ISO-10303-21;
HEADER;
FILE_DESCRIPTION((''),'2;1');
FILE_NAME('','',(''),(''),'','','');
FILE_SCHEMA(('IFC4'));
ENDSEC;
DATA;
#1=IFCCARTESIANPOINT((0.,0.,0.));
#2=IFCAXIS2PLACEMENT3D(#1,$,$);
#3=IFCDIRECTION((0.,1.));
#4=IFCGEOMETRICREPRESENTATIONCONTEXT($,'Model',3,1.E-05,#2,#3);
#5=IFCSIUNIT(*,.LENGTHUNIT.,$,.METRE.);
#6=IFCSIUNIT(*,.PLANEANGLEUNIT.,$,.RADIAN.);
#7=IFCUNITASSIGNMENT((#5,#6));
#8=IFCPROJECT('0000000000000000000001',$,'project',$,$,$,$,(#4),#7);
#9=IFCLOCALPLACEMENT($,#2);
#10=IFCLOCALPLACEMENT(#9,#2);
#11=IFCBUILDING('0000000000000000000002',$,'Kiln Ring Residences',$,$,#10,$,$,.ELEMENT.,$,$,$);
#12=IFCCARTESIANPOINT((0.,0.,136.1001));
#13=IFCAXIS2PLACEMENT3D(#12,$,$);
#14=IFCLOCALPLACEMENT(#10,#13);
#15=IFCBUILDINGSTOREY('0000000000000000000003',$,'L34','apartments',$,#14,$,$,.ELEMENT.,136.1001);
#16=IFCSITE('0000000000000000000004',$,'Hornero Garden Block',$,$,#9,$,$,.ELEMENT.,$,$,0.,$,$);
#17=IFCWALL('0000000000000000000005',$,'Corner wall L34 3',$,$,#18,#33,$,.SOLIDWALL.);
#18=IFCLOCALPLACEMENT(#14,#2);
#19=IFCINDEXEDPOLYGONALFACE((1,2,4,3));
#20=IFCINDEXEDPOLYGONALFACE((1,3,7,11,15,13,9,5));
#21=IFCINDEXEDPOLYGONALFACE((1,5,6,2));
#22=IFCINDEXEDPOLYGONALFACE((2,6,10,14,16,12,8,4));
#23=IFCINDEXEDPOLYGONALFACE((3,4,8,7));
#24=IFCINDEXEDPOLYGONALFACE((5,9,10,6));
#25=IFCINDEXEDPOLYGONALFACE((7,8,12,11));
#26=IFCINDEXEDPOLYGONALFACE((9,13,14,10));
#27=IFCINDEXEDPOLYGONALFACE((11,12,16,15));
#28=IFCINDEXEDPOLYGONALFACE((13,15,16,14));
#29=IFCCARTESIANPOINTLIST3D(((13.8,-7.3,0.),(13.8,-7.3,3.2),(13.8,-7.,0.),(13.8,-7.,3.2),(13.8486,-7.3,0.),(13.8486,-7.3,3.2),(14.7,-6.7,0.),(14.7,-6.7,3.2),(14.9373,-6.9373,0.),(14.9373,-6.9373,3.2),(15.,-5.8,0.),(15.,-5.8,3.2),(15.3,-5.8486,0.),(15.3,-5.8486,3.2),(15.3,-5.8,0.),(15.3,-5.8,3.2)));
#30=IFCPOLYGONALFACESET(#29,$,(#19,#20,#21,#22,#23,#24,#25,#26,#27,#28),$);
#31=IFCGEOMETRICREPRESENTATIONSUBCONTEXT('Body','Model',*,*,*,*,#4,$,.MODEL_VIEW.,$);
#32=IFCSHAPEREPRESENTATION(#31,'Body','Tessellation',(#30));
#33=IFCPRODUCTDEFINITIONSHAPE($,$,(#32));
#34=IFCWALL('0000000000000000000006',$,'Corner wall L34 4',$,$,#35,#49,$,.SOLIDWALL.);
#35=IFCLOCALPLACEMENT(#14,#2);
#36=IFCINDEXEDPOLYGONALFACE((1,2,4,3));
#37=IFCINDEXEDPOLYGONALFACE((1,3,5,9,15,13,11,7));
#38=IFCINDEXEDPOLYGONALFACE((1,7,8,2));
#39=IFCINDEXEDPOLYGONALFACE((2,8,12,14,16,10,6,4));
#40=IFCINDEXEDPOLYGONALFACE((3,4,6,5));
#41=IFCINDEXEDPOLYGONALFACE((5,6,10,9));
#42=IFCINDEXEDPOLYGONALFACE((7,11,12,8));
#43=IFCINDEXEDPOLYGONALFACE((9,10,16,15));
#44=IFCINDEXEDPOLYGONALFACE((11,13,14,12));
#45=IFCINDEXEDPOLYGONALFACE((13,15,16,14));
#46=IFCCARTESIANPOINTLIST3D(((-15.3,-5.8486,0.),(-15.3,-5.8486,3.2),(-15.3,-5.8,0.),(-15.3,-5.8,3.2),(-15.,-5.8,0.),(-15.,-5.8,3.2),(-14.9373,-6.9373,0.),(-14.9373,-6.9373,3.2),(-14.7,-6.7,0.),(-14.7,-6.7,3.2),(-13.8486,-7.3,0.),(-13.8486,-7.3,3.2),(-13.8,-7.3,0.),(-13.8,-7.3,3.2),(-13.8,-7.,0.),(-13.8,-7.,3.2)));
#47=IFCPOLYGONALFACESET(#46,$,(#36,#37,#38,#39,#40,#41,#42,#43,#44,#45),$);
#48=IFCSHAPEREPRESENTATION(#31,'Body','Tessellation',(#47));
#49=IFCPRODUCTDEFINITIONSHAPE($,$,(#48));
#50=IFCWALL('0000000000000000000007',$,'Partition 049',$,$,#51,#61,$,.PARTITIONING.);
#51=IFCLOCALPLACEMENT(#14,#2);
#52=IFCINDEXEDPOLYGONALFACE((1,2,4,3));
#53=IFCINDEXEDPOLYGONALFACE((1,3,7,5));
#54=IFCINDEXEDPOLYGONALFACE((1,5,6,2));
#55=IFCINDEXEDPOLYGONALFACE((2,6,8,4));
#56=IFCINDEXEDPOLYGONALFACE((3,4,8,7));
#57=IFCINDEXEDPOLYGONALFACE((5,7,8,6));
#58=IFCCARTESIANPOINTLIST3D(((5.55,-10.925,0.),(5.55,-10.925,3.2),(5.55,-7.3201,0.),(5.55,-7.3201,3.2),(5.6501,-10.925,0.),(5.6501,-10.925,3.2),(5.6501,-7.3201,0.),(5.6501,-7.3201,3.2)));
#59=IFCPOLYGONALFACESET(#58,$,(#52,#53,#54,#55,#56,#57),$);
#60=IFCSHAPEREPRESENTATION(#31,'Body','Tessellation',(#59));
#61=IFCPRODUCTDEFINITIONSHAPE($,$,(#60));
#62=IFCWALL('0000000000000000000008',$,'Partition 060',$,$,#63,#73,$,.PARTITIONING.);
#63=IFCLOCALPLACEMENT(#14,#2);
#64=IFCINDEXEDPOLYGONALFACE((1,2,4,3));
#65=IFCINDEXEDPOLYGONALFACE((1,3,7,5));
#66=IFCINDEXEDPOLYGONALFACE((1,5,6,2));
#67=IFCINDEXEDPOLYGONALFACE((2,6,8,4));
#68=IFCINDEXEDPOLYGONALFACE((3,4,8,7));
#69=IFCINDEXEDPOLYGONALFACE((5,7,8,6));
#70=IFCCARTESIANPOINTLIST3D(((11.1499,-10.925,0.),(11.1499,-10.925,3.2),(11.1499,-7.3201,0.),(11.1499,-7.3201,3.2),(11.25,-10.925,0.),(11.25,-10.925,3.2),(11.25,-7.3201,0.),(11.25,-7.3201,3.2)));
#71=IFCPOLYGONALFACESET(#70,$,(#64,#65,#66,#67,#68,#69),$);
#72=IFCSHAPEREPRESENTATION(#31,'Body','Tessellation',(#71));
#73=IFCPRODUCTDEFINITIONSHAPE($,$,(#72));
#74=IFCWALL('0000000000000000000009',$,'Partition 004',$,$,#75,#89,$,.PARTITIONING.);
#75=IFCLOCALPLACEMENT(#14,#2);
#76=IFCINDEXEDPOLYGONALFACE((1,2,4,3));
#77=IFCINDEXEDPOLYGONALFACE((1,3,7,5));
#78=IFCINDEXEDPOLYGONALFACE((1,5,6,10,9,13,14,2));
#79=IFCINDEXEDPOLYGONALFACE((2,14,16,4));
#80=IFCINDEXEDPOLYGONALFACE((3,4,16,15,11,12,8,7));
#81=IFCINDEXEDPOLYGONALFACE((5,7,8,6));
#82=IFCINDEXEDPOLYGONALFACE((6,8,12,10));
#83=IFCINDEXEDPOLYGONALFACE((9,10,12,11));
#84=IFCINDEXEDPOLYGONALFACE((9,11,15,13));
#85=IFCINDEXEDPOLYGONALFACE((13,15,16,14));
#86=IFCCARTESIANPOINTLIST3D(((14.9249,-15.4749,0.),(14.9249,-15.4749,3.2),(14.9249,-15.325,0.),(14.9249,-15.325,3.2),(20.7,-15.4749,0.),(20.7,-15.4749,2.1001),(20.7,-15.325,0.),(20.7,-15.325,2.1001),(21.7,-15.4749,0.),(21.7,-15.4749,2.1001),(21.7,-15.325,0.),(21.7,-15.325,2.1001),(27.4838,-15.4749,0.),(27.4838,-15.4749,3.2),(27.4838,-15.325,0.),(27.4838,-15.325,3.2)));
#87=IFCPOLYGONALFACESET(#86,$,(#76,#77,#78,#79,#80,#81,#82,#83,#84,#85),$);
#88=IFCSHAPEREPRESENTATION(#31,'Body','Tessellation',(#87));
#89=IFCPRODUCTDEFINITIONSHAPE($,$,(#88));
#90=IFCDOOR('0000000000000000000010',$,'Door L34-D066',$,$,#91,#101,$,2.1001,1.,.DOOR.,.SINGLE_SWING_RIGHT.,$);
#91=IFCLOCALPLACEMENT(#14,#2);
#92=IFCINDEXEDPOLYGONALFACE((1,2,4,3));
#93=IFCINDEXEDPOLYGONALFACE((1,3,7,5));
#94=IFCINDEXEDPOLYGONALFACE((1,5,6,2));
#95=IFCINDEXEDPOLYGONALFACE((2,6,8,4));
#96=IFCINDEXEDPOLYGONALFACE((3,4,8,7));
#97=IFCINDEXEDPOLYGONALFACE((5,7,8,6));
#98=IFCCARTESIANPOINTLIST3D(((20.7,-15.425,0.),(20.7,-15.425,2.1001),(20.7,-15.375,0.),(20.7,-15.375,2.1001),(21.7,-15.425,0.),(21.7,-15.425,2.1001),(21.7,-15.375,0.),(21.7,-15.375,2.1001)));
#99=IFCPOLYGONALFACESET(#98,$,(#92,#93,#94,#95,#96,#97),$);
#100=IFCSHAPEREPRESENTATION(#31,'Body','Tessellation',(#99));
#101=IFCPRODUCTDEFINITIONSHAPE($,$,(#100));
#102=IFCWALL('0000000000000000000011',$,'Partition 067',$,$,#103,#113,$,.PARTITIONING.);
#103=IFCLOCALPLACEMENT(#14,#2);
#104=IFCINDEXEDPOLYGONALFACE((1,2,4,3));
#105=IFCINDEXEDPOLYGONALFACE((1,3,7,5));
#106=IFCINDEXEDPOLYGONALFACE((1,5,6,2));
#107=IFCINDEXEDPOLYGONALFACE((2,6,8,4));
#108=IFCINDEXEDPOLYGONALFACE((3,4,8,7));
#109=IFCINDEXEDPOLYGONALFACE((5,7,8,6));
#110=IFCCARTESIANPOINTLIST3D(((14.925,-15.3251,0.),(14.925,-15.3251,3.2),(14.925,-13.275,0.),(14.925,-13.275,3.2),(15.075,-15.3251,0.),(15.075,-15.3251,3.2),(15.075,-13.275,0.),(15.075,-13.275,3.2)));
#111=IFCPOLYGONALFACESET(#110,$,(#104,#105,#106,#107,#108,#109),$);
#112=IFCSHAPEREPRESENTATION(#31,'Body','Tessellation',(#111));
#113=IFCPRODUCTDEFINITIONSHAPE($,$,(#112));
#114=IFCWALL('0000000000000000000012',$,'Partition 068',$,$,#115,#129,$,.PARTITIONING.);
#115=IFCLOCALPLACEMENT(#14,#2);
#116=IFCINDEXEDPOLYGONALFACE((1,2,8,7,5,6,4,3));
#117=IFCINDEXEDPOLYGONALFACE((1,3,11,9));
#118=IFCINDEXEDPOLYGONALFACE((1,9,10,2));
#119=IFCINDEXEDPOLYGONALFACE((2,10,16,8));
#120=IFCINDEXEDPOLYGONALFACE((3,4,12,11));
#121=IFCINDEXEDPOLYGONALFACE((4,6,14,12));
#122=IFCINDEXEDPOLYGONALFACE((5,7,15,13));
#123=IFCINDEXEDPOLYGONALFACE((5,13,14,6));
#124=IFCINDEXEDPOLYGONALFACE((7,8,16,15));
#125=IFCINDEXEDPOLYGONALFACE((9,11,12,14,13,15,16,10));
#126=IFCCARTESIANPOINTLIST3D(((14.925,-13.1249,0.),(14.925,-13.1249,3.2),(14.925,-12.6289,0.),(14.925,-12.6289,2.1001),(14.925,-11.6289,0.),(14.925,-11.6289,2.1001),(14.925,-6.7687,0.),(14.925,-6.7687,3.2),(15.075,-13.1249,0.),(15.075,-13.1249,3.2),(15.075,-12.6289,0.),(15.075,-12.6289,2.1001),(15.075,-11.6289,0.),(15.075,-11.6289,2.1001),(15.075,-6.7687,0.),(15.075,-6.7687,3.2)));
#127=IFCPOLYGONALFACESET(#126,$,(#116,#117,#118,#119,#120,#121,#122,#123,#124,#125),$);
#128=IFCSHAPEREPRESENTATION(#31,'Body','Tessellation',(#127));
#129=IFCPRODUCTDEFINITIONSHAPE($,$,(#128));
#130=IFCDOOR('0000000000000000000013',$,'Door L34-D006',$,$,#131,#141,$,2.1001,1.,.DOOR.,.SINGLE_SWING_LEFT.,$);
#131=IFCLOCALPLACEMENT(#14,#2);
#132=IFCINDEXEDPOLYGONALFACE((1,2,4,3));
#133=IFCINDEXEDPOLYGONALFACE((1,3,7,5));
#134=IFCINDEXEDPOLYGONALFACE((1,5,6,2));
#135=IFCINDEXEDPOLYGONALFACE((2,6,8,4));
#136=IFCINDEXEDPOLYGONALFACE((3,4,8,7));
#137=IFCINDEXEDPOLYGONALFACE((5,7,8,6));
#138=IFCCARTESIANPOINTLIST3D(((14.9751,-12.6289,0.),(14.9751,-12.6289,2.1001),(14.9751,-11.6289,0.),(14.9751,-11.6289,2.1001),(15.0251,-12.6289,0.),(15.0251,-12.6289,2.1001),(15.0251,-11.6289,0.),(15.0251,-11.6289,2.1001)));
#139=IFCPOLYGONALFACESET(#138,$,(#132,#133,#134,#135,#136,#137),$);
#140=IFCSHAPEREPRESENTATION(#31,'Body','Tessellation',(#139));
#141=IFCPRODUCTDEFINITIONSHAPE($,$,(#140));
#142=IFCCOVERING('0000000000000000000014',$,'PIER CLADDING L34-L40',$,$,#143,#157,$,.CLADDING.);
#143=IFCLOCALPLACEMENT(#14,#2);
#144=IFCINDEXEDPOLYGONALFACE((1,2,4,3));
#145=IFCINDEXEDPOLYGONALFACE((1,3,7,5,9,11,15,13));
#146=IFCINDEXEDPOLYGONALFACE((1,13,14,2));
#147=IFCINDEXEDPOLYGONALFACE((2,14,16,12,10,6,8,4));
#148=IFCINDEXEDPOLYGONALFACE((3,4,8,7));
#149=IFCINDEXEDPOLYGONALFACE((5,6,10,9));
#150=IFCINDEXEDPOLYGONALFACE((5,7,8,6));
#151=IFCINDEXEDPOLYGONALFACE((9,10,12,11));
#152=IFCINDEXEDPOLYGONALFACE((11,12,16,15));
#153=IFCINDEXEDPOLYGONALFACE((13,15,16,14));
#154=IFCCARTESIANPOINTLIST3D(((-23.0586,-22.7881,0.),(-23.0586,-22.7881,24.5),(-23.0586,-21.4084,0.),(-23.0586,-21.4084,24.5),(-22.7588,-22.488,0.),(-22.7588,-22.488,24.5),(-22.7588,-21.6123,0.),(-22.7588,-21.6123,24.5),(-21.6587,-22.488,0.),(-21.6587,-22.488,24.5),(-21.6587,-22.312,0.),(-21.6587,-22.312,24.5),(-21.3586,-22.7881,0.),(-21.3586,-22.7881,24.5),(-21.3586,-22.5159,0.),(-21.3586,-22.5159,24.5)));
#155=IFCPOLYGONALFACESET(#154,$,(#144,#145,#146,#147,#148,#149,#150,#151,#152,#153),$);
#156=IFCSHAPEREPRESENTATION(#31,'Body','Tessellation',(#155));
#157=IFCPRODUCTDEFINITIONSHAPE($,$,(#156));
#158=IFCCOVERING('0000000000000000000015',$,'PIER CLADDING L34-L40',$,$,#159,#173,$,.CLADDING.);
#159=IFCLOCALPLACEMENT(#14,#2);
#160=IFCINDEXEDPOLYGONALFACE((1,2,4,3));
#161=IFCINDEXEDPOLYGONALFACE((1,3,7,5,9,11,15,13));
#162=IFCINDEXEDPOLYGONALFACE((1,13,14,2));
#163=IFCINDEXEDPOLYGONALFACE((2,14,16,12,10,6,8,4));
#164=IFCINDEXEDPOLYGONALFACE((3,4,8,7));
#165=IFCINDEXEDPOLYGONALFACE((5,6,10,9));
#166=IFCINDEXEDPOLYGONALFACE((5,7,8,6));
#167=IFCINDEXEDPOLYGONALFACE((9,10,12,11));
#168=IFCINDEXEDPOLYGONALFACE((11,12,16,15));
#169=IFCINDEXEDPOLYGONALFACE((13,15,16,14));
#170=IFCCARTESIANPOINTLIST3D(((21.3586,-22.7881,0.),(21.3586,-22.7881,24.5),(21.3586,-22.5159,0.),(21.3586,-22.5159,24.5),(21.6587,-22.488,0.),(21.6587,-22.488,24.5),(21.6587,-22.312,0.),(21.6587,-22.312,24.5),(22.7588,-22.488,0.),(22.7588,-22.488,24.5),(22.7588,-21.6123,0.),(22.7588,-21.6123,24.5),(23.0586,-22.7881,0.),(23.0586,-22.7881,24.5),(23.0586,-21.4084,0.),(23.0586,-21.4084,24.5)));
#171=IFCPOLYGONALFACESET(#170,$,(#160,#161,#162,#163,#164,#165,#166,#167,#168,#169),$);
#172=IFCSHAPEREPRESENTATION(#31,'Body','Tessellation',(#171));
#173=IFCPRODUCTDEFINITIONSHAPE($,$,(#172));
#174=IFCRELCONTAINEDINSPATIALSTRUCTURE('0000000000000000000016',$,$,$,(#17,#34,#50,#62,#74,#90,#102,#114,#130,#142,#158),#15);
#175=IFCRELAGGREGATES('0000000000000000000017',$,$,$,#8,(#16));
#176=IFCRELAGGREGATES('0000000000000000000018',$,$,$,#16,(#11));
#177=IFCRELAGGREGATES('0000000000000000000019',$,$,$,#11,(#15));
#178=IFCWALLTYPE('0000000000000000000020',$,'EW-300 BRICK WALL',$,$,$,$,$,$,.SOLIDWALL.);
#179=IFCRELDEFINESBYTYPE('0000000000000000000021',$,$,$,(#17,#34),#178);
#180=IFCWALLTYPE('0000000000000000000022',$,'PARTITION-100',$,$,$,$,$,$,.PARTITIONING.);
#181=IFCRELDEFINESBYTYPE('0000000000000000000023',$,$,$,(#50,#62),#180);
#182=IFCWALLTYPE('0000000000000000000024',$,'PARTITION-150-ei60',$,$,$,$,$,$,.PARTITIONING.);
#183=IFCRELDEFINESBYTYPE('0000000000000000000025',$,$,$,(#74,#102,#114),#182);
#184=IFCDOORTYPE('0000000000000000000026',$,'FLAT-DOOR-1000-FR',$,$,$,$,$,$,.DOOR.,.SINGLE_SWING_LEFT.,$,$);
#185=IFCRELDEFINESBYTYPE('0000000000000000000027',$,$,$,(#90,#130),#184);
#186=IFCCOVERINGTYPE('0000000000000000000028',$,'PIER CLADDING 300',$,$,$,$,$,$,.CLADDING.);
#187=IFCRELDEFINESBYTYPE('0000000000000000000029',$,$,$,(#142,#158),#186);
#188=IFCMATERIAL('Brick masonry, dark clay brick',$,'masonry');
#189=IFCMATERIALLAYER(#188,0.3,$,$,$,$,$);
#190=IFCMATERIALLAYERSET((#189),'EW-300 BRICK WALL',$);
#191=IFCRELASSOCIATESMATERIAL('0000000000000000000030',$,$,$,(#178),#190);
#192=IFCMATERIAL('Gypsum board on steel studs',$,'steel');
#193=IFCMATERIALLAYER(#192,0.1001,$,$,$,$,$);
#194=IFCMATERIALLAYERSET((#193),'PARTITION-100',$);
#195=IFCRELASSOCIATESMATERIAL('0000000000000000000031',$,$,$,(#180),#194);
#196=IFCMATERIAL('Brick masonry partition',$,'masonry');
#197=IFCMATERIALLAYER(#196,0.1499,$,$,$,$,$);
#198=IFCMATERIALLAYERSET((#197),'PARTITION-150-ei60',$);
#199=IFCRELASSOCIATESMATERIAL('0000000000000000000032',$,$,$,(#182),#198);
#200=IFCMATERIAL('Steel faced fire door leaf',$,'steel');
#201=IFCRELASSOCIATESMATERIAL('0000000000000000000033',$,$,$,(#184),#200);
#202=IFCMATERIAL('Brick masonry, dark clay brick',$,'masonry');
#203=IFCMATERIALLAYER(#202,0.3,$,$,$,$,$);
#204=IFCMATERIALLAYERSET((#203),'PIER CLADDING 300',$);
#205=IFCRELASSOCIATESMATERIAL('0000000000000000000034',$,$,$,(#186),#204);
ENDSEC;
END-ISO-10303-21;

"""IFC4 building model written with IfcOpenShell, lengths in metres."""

from ifc_helpers import new_model, si_unit, direction, frame, frame_2d, origin, place, context, subcontext, project, spatial, polyline, rectangle, outline, extrude, material, layer, layer_set, type_object, element, fill, save


model = new_model("IFC4")

# Units and contexts
model_context = context("Model", 3, precision=1e-05, world=origin(), true_north=direction((0.0, 1.0)))
body_context = subcontext(model_context, "Body", "Model", "MODEL_VIEW")
ifc_project = project(units=[si_unit("LENGTHUNIT", "METRE"), si_unit("PLANEANGLEUNIT", "RADIAN")], contexts=[model_context])

# Site, building, storey
site_placement = place(None, origin())
site = spatial("IfcSite", under=ifc_project, at=site_placement, Name="Hornero Garden Block", CompositionType="ELEMENT", RefElevation=0.0)
building_placement = place(site_placement, origin())
building = spatial("IfcBuilding", under=site, at=building_placement, Name="Kiln Ring Residences", CompositionType="ELEMENT")
storey_placement = place(building_placement, frame((0.0, 0.0, 136.1001)))
storey = spatial("IfcBuildingStorey", under=building, at=storey_placement, Name="L34", Description="apartments", CompositionType="ELEMENT", Elevation=136.1001)

# Shared definitions
ifc_material_1 = material(Name="Brick masonry, dark clay brick", Category="masonry")
ifc_layer_1 = layer(ifc_material_1, 0.3)
ifc_layer_set_1 = layer_set([ifc_layer_1], Name="EW-300 BRICK WALL")
wall_type_1 = type_object("IfcWallType", Name="EW-300 BRICK WALL", PredefinedType="SOLIDWALL", material=ifc_layer_set_1)

# Walls
placement = place(storey_placement, origin())
element("IfcWall", 1, at=placement, inside=storey, type_object=wall_type_1, Name="Corner wall L34 3", PredefinedType="SOLIDWALL", context=body_context, shape_type="SweptSolid", body=[
    extrude(outline(polyline([(14.9373, -6.9373), (15.3, -5.8486), (15.3, -5.8), (15.0, -5.8), (14.7, -6.7), (13.8, -7.0), (13.8, -7.3), (13.8486, -7.3), (14.9373, -6.9373)])), origin(), (0.0, 0.0, 1.0), 3.2),
])
element("IfcWall", 2, at=placement, inside=storey, type_object=wall_type_1, Name="Corner wall L34 4", PredefinedType="SOLIDWALL", context=body_context, shape_type="SweptSolid", body=[
    extrude(outline(polyline([(-14.9373, -6.9373), (-13.8486, -7.3), (-13.8, -7.3), (-13.8, -7.0), (-14.7, -6.7), (-15.0, -5.8), (-15.3, -5.8), (-15.3, -5.8486), (-14.9373, -6.9373)])), origin(), (0.0, 0.0, 1.0), 3.2),
])
ifc_material_2 = material(Name="Gypsum board on steel studs", Category="steel")
ifc_layer_2 = layer(ifc_material_2, 0.1001)
ifc_layer_set_2 = layer_set([ifc_layer_2], Name="PARTITION-100")
wall_type_2 = type_object("IfcWallType", Name="PARTITION-100", PredefinedType="PARTITIONING", material=ifc_layer_set_2)
for number, where, z_axis, x_axis, name in (
    (3, (5.6001, -10.925, 0.0), (0.0, 0.0, 1.0), (0.0, 1.0, 0.0), "Partition 049"),
    (4, (11.2, -10.925, 0.0), (0.0, 0.0, 1.0), (0.0, 1.0, 0.0), "Partition 060"),
):
    element("IfcWall", number, at=place(storey_placement, frame(where, z_axis=z_axis, x_axis=x_axis)), inside=storey, type_object=wall_type_2, Name=name, PredefinedType="PARTITIONING", context=body_context, shape_type="SweptSolid", body=[
        extrude(rectangle(XDim=3.605, YDim=0.1001, at=frame_2d((1.8025, 0.0))), origin(), (0.0, 0.0, 1.0), 3.2),
    ])

# Wall, opening, door
ifc_material_3 = material(Name="Brick masonry partition", Category="masonry")
ifc_layer_3 = layer(ifc_material_3, 0.1499)
ifc_layer_set_3 = layer_set([ifc_layer_3], Name="PARTITION-150-ei60")
wall_type_3 = type_object("IfcWallType", Name="PARTITION-150-ei60", PredefinedType="PARTITIONING", material=ifc_layer_set_3)
wall_1_placement = place(storey_placement, frame((14.925, -15.3999, 0.0), z_axis=(0.0, 0.0, 1.0), x_axis=(1.0, 0.0, 0.0)))
wall_1 = element("IfcWall", 5, at=wall_1_placement, inside=storey, type_object=wall_type_3, Name="Partition 004", PredefinedType="PARTITIONING", context=body_context, shape_type="SweptSolid", body=[
    extrude(rectangle(XDim=12.5588, YDim=0.1499, at=frame_2d((6.2793, 0.0))), origin(), (0.0, 0.0, 1.0), 3.2),
])
opening_1_placement = place(wall_1_placement, frame((5.7749, 0.0, 0.0)))
opening_1 = element("IfcOpeningElement", 6, at=opening_1_placement, cuts=wall_1, PredefinedType="OPENING", context=body_context, shape_type="SweptSolid", body=[
    extrude(rectangle(XDim=1.0, YDim=2.1001, at=frame_2d((0.5, 1.05))), frame((0.0, 0.085, 0.0), z_axis=(0.0, -1.0, 0.0), x_axis=(1.0, 0.0, 0.0)), (0.0, 0.0, 1.0), 0.1699),
])
ifc_material_4 = material(Name="Steel faced fire door leaf", Category="steel")
door_type = type_object("IfcDoorType", Name="FLAT-DOOR-1000-FR", OperationType="SINGLE_SWING_LEFT", PredefinedType="DOOR", material=ifc_material_4)
door_1_placement = place(opening_1_placement, origin())
door_1 = element("IfcDoor", 7, at=door_1_placement, inside=storey, type_object=door_type, Name="Door L34-D066", OperationType="SINGLE_SWING_RIGHT", OverallHeight=2.1001, OverallWidth=1.0, PredefinedType="DOOR", context=body_context, shape_type="SweptSolid", body=[
    extrude(rectangle(XDim=1.0, YDim=2.1001, at=frame_2d((0.5, 1.05))), frame((0.0, 0.0249, 0.0), z_axis=(0.0, -1.0, 0.0), x_axis=(1.0, 0.0, 0.0)), (0.0, 0.0, 1.0), 0.05),
])
fill(opening_1, door_1)

# Wall
wall_2_placement = place(storey_placement, frame((15.0, -15.325, 0.0), z_axis=(0.0, 0.0, 1.0), x_axis=(0.0, 1.0, 0.0)))
element("IfcWall", 8, at=wall_2_placement, inside=storey, type_object=wall_type_3, Name="Partition 067", PredefinedType="PARTITIONING", context=body_context, shape_type="SweptSolid", body=[
    extrude(rectangle(XDim=2.05, YDim=0.1499, at=frame_2d((1.0249, 0.0))), origin(), (0.0, 0.0, 1.0), 3.2),
])

# Wall, opening, door
wall_3_placement = place(storey_placement, frame((15.0, -13.125, 0.0), z_axis=(0.0, 0.0, 1.0), x_axis=(0.0, 1.0, 0.0)))
wall_3 = element("IfcWall", 9, at=wall_3_placement, inside=storey, type_object=wall_type_3, Name="Partition 068", PredefinedType="PARTITIONING", context=body_context, shape_type="SweptSolid", body=[
    extrude(rectangle(XDim=6.3562, YDim=0.1499, at=frame_2d((3.1782, 0.0))), origin(), (0.0, 0.0, 1.0), 3.2),
])
opening_2_placement = place(wall_3_placement, frame((0.4961, 0.0, 0.0)))
opening_2 = element("IfcOpeningElement", 10, at=opening_2_placement, cuts=wall_3, PredefinedType="OPENING", context=body_context, shape_type="SweptSolid", body=[
    extrude(rectangle(XDim=1.0, YDim=2.1001, at=frame_2d((0.5, 1.05))), frame((0.0, 0.085, 0.0), z_axis=(0.0, -1.0, 0.0), x_axis=(1.0, 0.0, 0.0)), (0.0, 0.0, 1.0), 0.1699),
])
door_2_placement = place(opening_2_placement, origin())
door_2 = element("IfcDoor", 11, at=door_2_placement, inside=storey, type_object=door_type, Name="Door L34-D006", OperationType="SINGLE_SWING_LEFT", OverallHeight=2.1001, OverallWidth=1.0, PredefinedType="DOOR", context=body_context, shape_type="SweptSolid", body=[
    extrude(rectangle(XDim=1.0, YDim=2.1001, at=frame_2d((0.5, 1.05))), frame((0.0, 0.0249, 0.0), z_axis=(0.0, -1.0, 0.0), x_axis=(1.0, 0.0, 0.0)), (0.0, 0.0, 1.0), 0.05),
])
fill(opening_2, door_2)

# Coverings
ifc_material_5 = material(Name="Brick masonry, dark clay brick", Category="masonry")
ifc_layer_4 = layer(ifc_material_5, 0.3)
ifc_layer_set_4 = layer_set([ifc_layer_4], Name="PIER CLADDING 300")
covering_type_1 = type_object("IfcCoveringType", Name="PIER CLADDING 300", PredefinedType="CLADDING", material=ifc_layer_set_4)
element("IfcCovering", 12, at=placement, inside=storey, type_object=covering_type_1, Name="PIER CLADDING L34-L40", PredefinedType="CLADDING", context=body_context, shape_type="SweptSolid", body=[
    extrude(outline(polyline([(-22.7588, -22.488), (-22.7588, -21.6123), (-23.0586, -21.4084), (-23.0586, -22.7881), (-21.3586, -22.7881), (-21.3586, -22.5159), (-21.6587, -22.312), (-21.6587, -22.488), (-22.7588, -22.488)])), origin(), (0.0, 0.0, 1.0), 24.5),
])
element("IfcCovering", 13, at=placement, inside=storey, type_object=covering_type_1, Name="PIER CLADDING L34-L40", PredefinedType="CLADDING", context=body_context, shape_type="SweptSolid", body=[
    extrude(outline(polyline([(21.6587, -22.312), (21.3586, -22.5159), (21.3586, -22.7881), (23.0586, -22.7881), (23.0586, -21.4084), (22.7588, -21.6123), (22.7588, -22.488), (21.6587, -22.488), (21.6587, -22.312)])), origin(), (0.0, 0.0, 1.0), 24.5),
])

save(model, "model.ifc")
